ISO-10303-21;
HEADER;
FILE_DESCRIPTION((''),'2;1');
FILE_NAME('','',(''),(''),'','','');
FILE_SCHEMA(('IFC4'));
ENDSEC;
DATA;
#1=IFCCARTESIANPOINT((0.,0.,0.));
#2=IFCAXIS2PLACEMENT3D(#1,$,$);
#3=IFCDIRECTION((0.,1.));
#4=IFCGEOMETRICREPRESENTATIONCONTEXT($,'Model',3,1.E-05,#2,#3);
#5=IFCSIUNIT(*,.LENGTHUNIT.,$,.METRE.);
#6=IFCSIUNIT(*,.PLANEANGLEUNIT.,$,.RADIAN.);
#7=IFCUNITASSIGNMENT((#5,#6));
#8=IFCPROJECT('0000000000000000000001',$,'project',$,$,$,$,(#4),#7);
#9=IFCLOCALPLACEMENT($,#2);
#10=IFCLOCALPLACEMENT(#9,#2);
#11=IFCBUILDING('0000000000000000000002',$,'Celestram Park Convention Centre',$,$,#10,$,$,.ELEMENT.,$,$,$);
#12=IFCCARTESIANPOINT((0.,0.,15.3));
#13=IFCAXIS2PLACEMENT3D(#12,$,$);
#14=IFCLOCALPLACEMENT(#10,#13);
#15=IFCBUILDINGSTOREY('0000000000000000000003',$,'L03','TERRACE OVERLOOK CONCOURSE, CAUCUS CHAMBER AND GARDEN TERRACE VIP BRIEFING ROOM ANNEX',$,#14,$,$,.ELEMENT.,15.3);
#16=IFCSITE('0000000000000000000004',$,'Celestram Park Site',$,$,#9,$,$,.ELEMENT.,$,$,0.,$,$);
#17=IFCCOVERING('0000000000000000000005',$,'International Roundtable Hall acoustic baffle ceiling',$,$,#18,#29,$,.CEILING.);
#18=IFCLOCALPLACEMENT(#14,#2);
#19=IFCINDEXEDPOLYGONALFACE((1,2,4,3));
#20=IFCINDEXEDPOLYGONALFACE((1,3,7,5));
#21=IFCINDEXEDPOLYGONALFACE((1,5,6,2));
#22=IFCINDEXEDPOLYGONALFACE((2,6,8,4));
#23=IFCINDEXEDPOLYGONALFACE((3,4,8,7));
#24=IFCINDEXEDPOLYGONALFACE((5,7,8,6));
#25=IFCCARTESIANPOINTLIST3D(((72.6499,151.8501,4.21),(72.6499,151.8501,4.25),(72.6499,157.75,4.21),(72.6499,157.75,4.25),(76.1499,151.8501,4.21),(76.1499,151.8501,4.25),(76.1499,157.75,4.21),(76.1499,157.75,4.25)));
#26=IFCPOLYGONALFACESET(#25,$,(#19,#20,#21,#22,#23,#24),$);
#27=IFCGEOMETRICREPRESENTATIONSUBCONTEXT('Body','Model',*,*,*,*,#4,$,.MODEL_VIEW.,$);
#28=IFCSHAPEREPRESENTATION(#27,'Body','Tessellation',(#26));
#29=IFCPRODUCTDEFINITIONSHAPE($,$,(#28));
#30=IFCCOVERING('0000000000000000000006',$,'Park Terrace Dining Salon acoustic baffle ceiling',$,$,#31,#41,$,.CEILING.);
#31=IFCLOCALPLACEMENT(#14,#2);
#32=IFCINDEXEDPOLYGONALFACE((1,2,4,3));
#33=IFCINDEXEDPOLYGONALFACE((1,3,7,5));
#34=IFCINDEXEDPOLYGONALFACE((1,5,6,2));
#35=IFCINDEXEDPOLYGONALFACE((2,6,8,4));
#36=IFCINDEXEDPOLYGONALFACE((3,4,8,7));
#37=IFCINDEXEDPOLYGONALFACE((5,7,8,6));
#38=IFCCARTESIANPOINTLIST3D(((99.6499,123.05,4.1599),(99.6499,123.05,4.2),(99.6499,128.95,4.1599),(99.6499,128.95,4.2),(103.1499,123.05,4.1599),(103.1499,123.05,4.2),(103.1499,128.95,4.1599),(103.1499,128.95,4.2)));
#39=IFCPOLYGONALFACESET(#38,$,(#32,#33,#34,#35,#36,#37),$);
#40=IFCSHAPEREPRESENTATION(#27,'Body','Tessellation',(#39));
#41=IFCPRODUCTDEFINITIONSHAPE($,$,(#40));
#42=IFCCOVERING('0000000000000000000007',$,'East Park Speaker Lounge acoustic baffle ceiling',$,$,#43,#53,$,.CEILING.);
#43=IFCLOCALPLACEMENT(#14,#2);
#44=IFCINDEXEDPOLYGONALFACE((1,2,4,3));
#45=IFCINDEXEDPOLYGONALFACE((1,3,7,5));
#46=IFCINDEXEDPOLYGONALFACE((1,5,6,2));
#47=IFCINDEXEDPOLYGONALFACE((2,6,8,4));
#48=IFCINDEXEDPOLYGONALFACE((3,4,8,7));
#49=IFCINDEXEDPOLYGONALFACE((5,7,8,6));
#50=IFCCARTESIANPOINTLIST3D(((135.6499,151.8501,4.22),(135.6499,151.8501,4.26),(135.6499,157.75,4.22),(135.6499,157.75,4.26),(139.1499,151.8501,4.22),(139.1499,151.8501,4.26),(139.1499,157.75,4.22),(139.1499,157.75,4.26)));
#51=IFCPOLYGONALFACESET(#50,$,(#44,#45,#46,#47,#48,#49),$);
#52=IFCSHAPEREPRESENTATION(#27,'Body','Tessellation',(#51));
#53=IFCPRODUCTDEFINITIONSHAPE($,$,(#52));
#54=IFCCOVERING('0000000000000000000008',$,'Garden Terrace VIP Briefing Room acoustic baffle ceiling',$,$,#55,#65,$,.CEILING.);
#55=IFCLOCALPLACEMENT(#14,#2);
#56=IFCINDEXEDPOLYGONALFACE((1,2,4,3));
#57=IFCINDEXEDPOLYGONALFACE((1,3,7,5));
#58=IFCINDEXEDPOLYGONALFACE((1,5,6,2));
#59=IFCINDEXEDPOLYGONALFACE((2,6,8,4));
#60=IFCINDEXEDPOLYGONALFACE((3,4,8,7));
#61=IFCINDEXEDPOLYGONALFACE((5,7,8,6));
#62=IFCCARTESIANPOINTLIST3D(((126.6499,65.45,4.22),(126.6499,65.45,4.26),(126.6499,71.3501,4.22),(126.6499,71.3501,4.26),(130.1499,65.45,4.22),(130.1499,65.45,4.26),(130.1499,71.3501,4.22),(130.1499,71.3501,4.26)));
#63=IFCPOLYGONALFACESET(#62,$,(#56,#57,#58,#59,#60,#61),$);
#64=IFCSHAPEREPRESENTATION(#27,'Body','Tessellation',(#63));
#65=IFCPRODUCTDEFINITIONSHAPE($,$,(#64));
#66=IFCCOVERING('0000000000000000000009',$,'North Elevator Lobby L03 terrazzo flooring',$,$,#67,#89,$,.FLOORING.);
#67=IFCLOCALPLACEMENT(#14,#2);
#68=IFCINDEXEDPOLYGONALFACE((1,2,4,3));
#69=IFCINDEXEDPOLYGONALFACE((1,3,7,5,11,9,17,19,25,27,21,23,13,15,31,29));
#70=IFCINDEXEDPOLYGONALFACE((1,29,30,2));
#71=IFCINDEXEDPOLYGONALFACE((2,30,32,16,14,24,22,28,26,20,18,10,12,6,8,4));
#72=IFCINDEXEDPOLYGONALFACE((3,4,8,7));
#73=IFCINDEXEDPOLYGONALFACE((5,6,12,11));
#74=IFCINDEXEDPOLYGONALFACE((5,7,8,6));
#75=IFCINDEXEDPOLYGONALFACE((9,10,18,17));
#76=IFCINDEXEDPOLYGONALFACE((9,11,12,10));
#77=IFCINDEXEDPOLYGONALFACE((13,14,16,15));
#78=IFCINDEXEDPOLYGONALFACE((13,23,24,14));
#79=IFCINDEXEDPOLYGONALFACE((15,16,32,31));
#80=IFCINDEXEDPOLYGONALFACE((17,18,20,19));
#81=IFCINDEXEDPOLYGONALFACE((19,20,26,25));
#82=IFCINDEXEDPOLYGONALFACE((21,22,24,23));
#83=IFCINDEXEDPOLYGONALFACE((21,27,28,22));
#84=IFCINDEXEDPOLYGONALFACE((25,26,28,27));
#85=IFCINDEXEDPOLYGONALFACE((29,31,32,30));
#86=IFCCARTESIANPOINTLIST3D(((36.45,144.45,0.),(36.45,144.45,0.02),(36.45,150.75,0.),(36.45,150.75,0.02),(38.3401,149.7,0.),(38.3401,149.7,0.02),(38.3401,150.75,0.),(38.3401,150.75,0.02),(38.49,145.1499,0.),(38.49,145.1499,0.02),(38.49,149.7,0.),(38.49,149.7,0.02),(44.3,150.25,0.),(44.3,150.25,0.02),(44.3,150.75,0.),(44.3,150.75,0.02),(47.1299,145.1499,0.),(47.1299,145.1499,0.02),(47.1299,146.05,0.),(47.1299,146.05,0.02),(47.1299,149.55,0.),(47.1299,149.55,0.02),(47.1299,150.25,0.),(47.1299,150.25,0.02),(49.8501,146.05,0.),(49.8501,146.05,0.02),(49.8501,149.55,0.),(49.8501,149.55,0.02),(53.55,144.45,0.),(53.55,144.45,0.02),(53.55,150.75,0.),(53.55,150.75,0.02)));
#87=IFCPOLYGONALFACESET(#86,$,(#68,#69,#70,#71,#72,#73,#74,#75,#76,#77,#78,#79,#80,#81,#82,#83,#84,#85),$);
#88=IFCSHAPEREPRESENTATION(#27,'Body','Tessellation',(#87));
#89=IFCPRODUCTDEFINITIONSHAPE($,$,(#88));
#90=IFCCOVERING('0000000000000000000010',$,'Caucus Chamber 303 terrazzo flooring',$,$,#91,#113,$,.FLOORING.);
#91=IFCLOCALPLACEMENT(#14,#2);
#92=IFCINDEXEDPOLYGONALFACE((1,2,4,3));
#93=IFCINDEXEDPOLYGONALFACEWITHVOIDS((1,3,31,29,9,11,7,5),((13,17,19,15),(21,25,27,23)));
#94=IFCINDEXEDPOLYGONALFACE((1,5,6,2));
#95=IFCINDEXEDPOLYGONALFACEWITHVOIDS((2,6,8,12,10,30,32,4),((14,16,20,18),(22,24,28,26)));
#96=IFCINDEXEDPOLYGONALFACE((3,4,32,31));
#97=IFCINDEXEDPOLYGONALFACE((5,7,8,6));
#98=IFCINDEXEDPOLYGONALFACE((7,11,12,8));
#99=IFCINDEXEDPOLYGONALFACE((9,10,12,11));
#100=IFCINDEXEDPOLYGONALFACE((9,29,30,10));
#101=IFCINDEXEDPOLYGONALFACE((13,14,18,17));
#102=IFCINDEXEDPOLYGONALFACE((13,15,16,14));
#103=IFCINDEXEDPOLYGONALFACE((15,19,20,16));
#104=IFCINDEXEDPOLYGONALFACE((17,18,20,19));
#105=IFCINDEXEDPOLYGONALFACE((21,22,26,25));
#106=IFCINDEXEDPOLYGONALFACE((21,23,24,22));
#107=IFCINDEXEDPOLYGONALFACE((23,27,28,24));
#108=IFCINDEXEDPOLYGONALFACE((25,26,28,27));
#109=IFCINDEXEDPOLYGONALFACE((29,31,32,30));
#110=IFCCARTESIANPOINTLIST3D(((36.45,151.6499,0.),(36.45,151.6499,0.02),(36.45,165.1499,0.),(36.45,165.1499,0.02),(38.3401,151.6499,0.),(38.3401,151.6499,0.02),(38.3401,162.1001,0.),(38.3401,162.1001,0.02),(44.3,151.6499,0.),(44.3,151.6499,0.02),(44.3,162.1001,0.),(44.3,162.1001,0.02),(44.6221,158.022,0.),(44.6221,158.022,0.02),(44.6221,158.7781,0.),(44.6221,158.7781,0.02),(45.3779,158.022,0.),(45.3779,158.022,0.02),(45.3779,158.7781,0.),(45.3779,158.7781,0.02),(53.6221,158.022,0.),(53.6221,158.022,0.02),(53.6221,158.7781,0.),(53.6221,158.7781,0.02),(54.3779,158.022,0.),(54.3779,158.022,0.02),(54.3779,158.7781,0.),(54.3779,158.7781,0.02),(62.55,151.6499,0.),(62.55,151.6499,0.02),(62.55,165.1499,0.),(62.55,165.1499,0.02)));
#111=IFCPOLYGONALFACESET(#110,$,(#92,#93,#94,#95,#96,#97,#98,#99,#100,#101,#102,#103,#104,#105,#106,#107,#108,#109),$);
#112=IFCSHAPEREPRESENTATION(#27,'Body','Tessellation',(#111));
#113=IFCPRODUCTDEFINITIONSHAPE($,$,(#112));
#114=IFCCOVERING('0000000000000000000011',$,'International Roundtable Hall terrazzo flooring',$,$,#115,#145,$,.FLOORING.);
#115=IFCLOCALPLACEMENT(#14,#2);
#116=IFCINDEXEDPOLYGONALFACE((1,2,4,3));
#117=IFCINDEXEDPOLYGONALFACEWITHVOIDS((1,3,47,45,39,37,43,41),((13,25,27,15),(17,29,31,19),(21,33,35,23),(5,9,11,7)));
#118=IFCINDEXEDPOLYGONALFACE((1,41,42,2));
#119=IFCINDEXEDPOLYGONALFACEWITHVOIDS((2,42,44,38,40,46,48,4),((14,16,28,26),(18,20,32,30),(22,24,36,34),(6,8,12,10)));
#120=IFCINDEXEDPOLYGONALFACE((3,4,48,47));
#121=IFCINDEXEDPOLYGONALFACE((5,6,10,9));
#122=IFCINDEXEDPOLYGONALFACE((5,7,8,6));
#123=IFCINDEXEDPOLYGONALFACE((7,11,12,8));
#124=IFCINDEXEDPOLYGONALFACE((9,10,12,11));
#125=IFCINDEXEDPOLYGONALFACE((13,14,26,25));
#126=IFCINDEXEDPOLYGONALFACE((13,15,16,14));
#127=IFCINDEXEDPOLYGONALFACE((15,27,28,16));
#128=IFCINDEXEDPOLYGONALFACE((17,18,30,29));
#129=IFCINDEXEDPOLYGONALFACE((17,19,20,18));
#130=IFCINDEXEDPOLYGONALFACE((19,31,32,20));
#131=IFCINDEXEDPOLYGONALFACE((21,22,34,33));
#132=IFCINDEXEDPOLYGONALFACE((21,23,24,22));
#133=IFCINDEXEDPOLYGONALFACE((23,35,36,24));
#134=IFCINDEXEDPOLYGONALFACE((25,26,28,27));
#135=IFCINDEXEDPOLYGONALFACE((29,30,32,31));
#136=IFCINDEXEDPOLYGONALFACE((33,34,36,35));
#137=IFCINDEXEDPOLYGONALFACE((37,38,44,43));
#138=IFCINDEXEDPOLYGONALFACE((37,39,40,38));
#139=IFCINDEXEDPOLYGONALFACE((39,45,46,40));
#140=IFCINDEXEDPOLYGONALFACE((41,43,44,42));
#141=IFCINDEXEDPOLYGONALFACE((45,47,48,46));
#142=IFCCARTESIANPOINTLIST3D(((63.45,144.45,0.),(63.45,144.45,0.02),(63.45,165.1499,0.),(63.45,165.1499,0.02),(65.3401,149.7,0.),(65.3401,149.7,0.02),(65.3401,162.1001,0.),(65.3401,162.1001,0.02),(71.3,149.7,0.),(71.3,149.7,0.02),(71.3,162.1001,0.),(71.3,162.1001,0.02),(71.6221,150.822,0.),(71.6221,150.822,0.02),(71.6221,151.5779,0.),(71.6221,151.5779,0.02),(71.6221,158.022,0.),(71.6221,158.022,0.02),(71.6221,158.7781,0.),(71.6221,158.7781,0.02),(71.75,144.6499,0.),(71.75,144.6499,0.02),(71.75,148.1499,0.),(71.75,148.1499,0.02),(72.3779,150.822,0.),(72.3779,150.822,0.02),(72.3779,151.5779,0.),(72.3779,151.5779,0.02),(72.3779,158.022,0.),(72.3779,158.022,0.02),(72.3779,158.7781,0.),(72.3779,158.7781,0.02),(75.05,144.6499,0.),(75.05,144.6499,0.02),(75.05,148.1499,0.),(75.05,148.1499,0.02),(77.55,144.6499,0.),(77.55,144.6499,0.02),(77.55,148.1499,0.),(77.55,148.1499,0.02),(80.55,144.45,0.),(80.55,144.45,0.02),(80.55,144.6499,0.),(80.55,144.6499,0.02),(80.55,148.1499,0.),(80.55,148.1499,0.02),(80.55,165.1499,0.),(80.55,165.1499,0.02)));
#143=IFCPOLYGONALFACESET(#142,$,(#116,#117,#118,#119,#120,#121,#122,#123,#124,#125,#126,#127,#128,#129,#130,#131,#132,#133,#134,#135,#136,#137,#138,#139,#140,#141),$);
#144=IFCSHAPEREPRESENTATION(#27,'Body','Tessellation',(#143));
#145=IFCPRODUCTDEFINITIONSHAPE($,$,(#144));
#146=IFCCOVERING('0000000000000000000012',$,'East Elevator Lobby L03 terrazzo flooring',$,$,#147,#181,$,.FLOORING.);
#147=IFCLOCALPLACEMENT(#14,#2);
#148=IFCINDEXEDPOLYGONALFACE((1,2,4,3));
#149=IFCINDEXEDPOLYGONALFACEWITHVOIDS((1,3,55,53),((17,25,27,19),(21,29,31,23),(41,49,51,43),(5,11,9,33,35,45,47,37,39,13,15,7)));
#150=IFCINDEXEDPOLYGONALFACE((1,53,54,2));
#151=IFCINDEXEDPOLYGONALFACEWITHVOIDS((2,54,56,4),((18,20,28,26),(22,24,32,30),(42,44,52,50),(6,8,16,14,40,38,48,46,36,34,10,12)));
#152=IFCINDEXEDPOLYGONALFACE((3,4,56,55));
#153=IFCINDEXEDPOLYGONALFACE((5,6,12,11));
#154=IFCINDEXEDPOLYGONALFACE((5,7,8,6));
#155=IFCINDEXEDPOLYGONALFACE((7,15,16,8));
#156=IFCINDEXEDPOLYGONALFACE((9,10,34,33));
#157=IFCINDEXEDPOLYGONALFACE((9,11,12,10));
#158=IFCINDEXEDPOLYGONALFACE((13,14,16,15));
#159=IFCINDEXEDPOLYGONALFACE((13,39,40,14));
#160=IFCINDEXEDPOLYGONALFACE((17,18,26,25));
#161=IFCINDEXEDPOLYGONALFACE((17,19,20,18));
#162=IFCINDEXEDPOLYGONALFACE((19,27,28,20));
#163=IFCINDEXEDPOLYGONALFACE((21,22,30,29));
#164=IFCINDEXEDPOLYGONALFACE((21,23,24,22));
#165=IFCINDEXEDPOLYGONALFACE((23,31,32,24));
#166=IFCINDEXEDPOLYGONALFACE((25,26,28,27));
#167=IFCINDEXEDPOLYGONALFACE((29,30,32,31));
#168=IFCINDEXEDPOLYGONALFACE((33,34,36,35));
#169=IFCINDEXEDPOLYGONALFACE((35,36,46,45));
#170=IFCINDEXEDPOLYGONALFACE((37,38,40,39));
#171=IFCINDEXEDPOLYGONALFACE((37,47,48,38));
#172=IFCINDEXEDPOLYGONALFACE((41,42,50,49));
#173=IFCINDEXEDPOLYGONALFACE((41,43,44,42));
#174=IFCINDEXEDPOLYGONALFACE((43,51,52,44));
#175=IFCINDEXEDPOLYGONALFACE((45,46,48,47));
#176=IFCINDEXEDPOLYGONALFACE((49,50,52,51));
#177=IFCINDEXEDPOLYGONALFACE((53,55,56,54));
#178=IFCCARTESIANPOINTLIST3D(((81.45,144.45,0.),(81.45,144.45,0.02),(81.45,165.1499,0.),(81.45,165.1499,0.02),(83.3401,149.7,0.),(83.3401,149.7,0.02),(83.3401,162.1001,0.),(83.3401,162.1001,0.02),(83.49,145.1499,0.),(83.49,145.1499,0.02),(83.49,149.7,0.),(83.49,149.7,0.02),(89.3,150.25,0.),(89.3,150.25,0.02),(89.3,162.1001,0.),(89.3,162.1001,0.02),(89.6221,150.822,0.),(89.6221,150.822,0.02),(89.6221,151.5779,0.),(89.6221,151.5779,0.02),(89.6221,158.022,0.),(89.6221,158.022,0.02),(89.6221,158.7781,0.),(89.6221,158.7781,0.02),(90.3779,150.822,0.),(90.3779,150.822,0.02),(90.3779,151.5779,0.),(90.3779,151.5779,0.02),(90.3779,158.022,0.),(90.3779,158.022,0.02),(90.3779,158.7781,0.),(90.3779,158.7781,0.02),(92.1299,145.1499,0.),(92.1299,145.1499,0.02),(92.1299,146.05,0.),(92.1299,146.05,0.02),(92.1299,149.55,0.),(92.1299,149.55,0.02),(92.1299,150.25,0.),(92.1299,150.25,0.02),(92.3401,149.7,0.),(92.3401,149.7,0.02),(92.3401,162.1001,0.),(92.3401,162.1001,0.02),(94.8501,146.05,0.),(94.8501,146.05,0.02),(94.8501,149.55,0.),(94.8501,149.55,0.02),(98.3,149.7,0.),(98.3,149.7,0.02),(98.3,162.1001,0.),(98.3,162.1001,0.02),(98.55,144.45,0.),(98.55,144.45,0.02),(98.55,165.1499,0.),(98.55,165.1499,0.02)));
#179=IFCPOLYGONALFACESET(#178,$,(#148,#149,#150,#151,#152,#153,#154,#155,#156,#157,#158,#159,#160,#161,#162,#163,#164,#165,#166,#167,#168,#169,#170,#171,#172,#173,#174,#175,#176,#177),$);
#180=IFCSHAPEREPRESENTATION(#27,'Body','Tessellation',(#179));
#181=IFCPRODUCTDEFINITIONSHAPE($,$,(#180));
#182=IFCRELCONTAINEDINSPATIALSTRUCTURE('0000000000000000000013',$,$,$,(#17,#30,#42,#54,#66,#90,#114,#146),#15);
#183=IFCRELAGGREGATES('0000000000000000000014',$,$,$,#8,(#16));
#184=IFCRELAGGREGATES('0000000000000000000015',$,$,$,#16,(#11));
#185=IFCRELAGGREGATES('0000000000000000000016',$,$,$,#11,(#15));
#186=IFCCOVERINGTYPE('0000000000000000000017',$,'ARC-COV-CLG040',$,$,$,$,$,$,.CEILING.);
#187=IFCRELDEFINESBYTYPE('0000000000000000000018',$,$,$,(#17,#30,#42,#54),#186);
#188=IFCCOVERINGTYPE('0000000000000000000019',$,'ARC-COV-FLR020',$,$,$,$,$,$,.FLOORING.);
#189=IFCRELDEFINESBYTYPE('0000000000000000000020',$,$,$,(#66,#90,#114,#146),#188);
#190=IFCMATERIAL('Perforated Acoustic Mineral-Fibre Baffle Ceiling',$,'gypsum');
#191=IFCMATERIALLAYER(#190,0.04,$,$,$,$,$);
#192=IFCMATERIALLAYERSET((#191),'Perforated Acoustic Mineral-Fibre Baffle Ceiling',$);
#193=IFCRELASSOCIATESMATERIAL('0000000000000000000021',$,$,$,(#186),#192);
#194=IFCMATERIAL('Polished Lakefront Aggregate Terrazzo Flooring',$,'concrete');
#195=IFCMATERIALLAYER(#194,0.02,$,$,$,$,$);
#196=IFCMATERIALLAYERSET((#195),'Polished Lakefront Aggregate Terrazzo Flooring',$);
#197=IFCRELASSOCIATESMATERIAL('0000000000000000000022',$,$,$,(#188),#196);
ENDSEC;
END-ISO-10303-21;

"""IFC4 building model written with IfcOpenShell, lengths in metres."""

from ifc_helpers import new_model, si_unit, direction, frame, origin, place, context, subcontext, project, spatial, polyline, outline, extrude, material, layer, layer_set, type_object, element, save


model = new_model("IFC4")

# Units and contexts
model_context = context("Model", 3, precision=1e-05, world=origin(), true_north=direction((0.0, 1.0)))
body_context = subcontext(model_context, "Body", "Model", "MODEL_VIEW")
ifc_project = project(units=[si_unit("LENGTHUNIT", "METRE"), si_unit("PLANEANGLEUNIT", "RADIAN")], contexts=[model_context])

# Site, building, storey
site_placement = place(None, origin())
site = spatial("IfcSite", under=ifc_project, at=site_placement, Name="Celestram Park Site", CompositionType="ELEMENT", RefElevation=0.0)
building_placement = place(site_placement, origin())
building = spatial("IfcBuilding", under=site, at=building_placement, Name="Celestram Park Convention Centre", CompositionType="ELEMENT")
storey_placement = place(building_placement, frame((0.0, 0.0, 15.3)))
storey = spatial("IfcBuildingStorey", under=building, at=storey_placement, Name="L03", Description="TERRACE OVERLOOK CONCOURSE, CAUCUS CHAMBER AND GARDEN TERRACE VIP BRIEFING ROOM ANNEX", CompositionType="ELEMENT", Elevation=15.3)

# Coverings
ifc_material_1 = material(Name="Perforated Acoustic Mineral-Fibre Baffle Ceiling", Category="gypsum")
ifc_layer_1 = layer(ifc_material_1, 0.04)
ifc_layer_set_1 = layer_set([ifc_layer_1], Name="Perforated Acoustic Mineral-Fibre Baffle Ceiling")
covering_type_1 = type_object("IfcCoveringType", Name="ARC-COV-CLG040", PredefinedType="CEILING", material=ifc_layer_set_1)
covering_1_placement = place(storey_placement, frame((0.0, 0.0, 4.21)))
element("IfcCovering", 1, at=covering_1_placement, inside=storey, type_object=covering_type_1, Name="International Roundtable Hall acoustic baffle ceiling", PredefinedType="CEILING", context=body_context, shape_type="SweptSolid", body=[
    extrude(outline(polyline([(72.6499, 151.8501), (76.1499, 151.8501), (76.1499, 157.75), (72.6499, 157.75), (72.6499, 151.8501)])), origin(), (0.0, 0.0, 1.0), 0.04),
])
covering_2_placement = place(storey_placement, frame((0.0, 0.0, 4.1599)))
element("IfcCovering", 2, at=covering_2_placement, inside=storey, type_object=covering_type_1, Name="Park Terrace Dining Salon acoustic baffle ceiling", PredefinedType="CEILING", context=body_context, shape_type="SweptSolid", body=[
    extrude(outline(polyline([(99.6499, 123.05), (103.1499, 123.05), (103.1499, 128.95), (99.6499, 128.95), (99.6499, 123.05)])), origin(), (0.0, 0.0, 1.0), 0.04),
])
covering_3_placement = place(storey_placement, frame((0.0, 0.0, 4.22)))
element("IfcCovering", 3, at=covering_3_placement, inside=storey, type_object=covering_type_1, Name="East Park Speaker Lounge acoustic baffle ceiling", PredefinedType="CEILING", context=body_context, shape_type="SweptSolid", body=[
    extrude(outline(polyline([(135.6499, 151.8501), (139.1499, 151.8501), (139.1499, 157.75), (135.6499, 157.75), (135.6499, 151.8501)])), origin(), (0.0, 0.0, 1.0), 0.04),
])
covering_4_placement = place(storey_placement, frame((0.0, 0.0, 4.22)))
element("IfcCovering", 4, at=covering_4_placement, inside=storey, type_object=covering_type_1, Name="Garden Terrace VIP Briefing Room acoustic baffle ceiling", PredefinedType="CEILING", context=body_context, shape_type="SweptSolid", body=[
    extrude(outline(polyline([(126.6499, 65.45), (130.1499, 65.45), (130.1499, 71.3501), (126.6499, 71.3501), (126.6499, 65.45)])), origin(), (0.0, 0.0, 1.0), 0.04),
])
ifc_material_2 = material(Name="Polished Lakefront Aggregate Terrazzo Flooring", Category="concrete")
ifc_layer_2 = layer(ifc_material_2, 0.02)
ifc_layer_set_2 = layer_set([ifc_layer_2], Name="Polished Lakefront Aggregate Terrazzo Flooring")
covering_type_2 = type_object("IfcCoveringType", Name="ARC-COV-FLR020", PredefinedType="FLOORING", material=ifc_layer_set_2)
covering_5_placement = place(storey_placement, origin())
element("IfcCovering", 5, at=covering_5_placement, inside=storey, type_object=covering_type_2, Name="North Elevator Lobby L03 terrazzo flooring", PredefinedType="FLOORING", context=body_context, shape_type="SweptSolid", body=[
    extrude(outline(polyline([(38.3401, 150.75), (38.3401, 149.7), (38.49, 149.7), (38.49, 145.1499), (47.1299, 145.1499), (47.1299, 146.05), (49.8501, 146.05), (49.8501, 149.55), (47.1299, 149.55), (47.1299, 150.25), (44.3, 150.25), (44.3, 150.75), (53.55, 150.75), (53.55, 144.45), (36.45, 144.45), (36.45, 150.75), (38.3401, 150.75)])), origin(), (0.0, 0.0, 1.0), 0.02),
])
covering_6_placement = place(storey_placement, origin())
element("IfcCovering", 6, at=covering_6_placement, inside=storey, type_object=covering_type_2, Name="Caucus Chamber 303 terrazzo flooring", PredefinedType="FLOORING", context=body_context, shape_type="SweptSolid", body=[
    extrude(outline(polyline([(62.55, 165.1499), (62.55, 151.6499), (44.3, 151.6499), (44.3, 162.1001), (38.3401, 162.1001), (38.3401, 151.6499), (36.45, 151.6499), (36.45, 165.1499), (62.55, 165.1499)]), holes=[polyline([(44.6221, 158.7781), (44.6221, 158.022), (45.3779, 158.022), (45.3779, 158.7781), (44.6221, 158.7781)]), polyline([(53.6221, 158.7781), (53.6221, 158.022), (54.3779, 158.022), (54.3779, 158.7781), (53.6221, 158.7781)])]), origin(), (0.0, 0.0, 1.0), 0.02),
])
covering_7_placement = place(storey_placement, origin())
element("IfcCovering", 7, at=covering_7_placement, inside=storey, type_object=covering_type_2, Name="International Roundtable Hall terrazzo flooring", PredefinedType="FLOORING", context=body_context, shape_type="SweptSolid", body=[
    extrude(outline(polyline([(63.45, 165.1499), (80.55, 165.1499), (80.55, 148.1499), (77.55, 148.1499), (77.55, 144.6499), (80.55, 144.6499), (80.55, 144.45), (63.45, 144.45), (63.45, 165.1499)]), holes=[polyline([(75.05, 148.1499), (71.75, 148.1499), (71.75, 144.6499), (75.05, 144.6499), (75.05, 148.1499)]), polyline([(71.3, 149.7), (71.3, 162.1001), (65.3401, 162.1001), (65.3401, 149.7), (71.3, 149.7)]), polyline([(72.3779, 151.5779), (71.6221, 151.5779), (71.6221, 150.822), (72.3779, 150.822), (72.3779, 151.5779)]), polyline([(71.6221, 158.7781), (71.6221, 158.022), (72.3779, 158.022), (72.3779, 158.7781), (71.6221, 158.7781)])]), origin(), (0.0, 0.0, 1.0), 0.02),
])
covering_8_placement = place(storey_placement, origin())
element("IfcCovering", 8, at=covering_8_placement, inside=storey, type_object=covering_type_2, Name="East Elevator Lobby L03 terrazzo flooring", PredefinedType="FLOORING", context=body_context, shape_type="SweptSolid", body=[
    extrude(outline(polyline([(98.55, 165.1499), (98.55, 144.45), (81.45, 144.45), (81.45, 165.1499), (98.55, 165.1499)]), holes=[polyline([(92.1299, 150.25), (89.3, 150.25), (89.3, 162.1001), (83.3401, 162.1001), (83.3401, 149.7), (83.49, 149.7), (83.49, 145.1499), (92.1299, 145.1499), (92.1299, 146.05), (94.8501, 146.05), (94.8501, 149.55), (92.1299, 149.55), (92.1299, 150.25)]), polyline([(98.3, 162.1001), (92.3401, 162.1001), (92.3401, 149.7), (98.3, 149.7), (98.3, 162.1001)]), polyline([(89.6221, 151.5779), (89.6221, 150.822), (90.3779, 150.822), (90.3779, 151.5779), (89.6221, 151.5779)]), polyline([(90.3779, 158.7781), (89.6221, 158.7781), (89.6221, 158.022), (90.3779, 158.022), (90.3779, 158.7781)])]), origin(), (0.0, 0.0, 1.0), 0.02),
])

save(model, "model.ifc")
